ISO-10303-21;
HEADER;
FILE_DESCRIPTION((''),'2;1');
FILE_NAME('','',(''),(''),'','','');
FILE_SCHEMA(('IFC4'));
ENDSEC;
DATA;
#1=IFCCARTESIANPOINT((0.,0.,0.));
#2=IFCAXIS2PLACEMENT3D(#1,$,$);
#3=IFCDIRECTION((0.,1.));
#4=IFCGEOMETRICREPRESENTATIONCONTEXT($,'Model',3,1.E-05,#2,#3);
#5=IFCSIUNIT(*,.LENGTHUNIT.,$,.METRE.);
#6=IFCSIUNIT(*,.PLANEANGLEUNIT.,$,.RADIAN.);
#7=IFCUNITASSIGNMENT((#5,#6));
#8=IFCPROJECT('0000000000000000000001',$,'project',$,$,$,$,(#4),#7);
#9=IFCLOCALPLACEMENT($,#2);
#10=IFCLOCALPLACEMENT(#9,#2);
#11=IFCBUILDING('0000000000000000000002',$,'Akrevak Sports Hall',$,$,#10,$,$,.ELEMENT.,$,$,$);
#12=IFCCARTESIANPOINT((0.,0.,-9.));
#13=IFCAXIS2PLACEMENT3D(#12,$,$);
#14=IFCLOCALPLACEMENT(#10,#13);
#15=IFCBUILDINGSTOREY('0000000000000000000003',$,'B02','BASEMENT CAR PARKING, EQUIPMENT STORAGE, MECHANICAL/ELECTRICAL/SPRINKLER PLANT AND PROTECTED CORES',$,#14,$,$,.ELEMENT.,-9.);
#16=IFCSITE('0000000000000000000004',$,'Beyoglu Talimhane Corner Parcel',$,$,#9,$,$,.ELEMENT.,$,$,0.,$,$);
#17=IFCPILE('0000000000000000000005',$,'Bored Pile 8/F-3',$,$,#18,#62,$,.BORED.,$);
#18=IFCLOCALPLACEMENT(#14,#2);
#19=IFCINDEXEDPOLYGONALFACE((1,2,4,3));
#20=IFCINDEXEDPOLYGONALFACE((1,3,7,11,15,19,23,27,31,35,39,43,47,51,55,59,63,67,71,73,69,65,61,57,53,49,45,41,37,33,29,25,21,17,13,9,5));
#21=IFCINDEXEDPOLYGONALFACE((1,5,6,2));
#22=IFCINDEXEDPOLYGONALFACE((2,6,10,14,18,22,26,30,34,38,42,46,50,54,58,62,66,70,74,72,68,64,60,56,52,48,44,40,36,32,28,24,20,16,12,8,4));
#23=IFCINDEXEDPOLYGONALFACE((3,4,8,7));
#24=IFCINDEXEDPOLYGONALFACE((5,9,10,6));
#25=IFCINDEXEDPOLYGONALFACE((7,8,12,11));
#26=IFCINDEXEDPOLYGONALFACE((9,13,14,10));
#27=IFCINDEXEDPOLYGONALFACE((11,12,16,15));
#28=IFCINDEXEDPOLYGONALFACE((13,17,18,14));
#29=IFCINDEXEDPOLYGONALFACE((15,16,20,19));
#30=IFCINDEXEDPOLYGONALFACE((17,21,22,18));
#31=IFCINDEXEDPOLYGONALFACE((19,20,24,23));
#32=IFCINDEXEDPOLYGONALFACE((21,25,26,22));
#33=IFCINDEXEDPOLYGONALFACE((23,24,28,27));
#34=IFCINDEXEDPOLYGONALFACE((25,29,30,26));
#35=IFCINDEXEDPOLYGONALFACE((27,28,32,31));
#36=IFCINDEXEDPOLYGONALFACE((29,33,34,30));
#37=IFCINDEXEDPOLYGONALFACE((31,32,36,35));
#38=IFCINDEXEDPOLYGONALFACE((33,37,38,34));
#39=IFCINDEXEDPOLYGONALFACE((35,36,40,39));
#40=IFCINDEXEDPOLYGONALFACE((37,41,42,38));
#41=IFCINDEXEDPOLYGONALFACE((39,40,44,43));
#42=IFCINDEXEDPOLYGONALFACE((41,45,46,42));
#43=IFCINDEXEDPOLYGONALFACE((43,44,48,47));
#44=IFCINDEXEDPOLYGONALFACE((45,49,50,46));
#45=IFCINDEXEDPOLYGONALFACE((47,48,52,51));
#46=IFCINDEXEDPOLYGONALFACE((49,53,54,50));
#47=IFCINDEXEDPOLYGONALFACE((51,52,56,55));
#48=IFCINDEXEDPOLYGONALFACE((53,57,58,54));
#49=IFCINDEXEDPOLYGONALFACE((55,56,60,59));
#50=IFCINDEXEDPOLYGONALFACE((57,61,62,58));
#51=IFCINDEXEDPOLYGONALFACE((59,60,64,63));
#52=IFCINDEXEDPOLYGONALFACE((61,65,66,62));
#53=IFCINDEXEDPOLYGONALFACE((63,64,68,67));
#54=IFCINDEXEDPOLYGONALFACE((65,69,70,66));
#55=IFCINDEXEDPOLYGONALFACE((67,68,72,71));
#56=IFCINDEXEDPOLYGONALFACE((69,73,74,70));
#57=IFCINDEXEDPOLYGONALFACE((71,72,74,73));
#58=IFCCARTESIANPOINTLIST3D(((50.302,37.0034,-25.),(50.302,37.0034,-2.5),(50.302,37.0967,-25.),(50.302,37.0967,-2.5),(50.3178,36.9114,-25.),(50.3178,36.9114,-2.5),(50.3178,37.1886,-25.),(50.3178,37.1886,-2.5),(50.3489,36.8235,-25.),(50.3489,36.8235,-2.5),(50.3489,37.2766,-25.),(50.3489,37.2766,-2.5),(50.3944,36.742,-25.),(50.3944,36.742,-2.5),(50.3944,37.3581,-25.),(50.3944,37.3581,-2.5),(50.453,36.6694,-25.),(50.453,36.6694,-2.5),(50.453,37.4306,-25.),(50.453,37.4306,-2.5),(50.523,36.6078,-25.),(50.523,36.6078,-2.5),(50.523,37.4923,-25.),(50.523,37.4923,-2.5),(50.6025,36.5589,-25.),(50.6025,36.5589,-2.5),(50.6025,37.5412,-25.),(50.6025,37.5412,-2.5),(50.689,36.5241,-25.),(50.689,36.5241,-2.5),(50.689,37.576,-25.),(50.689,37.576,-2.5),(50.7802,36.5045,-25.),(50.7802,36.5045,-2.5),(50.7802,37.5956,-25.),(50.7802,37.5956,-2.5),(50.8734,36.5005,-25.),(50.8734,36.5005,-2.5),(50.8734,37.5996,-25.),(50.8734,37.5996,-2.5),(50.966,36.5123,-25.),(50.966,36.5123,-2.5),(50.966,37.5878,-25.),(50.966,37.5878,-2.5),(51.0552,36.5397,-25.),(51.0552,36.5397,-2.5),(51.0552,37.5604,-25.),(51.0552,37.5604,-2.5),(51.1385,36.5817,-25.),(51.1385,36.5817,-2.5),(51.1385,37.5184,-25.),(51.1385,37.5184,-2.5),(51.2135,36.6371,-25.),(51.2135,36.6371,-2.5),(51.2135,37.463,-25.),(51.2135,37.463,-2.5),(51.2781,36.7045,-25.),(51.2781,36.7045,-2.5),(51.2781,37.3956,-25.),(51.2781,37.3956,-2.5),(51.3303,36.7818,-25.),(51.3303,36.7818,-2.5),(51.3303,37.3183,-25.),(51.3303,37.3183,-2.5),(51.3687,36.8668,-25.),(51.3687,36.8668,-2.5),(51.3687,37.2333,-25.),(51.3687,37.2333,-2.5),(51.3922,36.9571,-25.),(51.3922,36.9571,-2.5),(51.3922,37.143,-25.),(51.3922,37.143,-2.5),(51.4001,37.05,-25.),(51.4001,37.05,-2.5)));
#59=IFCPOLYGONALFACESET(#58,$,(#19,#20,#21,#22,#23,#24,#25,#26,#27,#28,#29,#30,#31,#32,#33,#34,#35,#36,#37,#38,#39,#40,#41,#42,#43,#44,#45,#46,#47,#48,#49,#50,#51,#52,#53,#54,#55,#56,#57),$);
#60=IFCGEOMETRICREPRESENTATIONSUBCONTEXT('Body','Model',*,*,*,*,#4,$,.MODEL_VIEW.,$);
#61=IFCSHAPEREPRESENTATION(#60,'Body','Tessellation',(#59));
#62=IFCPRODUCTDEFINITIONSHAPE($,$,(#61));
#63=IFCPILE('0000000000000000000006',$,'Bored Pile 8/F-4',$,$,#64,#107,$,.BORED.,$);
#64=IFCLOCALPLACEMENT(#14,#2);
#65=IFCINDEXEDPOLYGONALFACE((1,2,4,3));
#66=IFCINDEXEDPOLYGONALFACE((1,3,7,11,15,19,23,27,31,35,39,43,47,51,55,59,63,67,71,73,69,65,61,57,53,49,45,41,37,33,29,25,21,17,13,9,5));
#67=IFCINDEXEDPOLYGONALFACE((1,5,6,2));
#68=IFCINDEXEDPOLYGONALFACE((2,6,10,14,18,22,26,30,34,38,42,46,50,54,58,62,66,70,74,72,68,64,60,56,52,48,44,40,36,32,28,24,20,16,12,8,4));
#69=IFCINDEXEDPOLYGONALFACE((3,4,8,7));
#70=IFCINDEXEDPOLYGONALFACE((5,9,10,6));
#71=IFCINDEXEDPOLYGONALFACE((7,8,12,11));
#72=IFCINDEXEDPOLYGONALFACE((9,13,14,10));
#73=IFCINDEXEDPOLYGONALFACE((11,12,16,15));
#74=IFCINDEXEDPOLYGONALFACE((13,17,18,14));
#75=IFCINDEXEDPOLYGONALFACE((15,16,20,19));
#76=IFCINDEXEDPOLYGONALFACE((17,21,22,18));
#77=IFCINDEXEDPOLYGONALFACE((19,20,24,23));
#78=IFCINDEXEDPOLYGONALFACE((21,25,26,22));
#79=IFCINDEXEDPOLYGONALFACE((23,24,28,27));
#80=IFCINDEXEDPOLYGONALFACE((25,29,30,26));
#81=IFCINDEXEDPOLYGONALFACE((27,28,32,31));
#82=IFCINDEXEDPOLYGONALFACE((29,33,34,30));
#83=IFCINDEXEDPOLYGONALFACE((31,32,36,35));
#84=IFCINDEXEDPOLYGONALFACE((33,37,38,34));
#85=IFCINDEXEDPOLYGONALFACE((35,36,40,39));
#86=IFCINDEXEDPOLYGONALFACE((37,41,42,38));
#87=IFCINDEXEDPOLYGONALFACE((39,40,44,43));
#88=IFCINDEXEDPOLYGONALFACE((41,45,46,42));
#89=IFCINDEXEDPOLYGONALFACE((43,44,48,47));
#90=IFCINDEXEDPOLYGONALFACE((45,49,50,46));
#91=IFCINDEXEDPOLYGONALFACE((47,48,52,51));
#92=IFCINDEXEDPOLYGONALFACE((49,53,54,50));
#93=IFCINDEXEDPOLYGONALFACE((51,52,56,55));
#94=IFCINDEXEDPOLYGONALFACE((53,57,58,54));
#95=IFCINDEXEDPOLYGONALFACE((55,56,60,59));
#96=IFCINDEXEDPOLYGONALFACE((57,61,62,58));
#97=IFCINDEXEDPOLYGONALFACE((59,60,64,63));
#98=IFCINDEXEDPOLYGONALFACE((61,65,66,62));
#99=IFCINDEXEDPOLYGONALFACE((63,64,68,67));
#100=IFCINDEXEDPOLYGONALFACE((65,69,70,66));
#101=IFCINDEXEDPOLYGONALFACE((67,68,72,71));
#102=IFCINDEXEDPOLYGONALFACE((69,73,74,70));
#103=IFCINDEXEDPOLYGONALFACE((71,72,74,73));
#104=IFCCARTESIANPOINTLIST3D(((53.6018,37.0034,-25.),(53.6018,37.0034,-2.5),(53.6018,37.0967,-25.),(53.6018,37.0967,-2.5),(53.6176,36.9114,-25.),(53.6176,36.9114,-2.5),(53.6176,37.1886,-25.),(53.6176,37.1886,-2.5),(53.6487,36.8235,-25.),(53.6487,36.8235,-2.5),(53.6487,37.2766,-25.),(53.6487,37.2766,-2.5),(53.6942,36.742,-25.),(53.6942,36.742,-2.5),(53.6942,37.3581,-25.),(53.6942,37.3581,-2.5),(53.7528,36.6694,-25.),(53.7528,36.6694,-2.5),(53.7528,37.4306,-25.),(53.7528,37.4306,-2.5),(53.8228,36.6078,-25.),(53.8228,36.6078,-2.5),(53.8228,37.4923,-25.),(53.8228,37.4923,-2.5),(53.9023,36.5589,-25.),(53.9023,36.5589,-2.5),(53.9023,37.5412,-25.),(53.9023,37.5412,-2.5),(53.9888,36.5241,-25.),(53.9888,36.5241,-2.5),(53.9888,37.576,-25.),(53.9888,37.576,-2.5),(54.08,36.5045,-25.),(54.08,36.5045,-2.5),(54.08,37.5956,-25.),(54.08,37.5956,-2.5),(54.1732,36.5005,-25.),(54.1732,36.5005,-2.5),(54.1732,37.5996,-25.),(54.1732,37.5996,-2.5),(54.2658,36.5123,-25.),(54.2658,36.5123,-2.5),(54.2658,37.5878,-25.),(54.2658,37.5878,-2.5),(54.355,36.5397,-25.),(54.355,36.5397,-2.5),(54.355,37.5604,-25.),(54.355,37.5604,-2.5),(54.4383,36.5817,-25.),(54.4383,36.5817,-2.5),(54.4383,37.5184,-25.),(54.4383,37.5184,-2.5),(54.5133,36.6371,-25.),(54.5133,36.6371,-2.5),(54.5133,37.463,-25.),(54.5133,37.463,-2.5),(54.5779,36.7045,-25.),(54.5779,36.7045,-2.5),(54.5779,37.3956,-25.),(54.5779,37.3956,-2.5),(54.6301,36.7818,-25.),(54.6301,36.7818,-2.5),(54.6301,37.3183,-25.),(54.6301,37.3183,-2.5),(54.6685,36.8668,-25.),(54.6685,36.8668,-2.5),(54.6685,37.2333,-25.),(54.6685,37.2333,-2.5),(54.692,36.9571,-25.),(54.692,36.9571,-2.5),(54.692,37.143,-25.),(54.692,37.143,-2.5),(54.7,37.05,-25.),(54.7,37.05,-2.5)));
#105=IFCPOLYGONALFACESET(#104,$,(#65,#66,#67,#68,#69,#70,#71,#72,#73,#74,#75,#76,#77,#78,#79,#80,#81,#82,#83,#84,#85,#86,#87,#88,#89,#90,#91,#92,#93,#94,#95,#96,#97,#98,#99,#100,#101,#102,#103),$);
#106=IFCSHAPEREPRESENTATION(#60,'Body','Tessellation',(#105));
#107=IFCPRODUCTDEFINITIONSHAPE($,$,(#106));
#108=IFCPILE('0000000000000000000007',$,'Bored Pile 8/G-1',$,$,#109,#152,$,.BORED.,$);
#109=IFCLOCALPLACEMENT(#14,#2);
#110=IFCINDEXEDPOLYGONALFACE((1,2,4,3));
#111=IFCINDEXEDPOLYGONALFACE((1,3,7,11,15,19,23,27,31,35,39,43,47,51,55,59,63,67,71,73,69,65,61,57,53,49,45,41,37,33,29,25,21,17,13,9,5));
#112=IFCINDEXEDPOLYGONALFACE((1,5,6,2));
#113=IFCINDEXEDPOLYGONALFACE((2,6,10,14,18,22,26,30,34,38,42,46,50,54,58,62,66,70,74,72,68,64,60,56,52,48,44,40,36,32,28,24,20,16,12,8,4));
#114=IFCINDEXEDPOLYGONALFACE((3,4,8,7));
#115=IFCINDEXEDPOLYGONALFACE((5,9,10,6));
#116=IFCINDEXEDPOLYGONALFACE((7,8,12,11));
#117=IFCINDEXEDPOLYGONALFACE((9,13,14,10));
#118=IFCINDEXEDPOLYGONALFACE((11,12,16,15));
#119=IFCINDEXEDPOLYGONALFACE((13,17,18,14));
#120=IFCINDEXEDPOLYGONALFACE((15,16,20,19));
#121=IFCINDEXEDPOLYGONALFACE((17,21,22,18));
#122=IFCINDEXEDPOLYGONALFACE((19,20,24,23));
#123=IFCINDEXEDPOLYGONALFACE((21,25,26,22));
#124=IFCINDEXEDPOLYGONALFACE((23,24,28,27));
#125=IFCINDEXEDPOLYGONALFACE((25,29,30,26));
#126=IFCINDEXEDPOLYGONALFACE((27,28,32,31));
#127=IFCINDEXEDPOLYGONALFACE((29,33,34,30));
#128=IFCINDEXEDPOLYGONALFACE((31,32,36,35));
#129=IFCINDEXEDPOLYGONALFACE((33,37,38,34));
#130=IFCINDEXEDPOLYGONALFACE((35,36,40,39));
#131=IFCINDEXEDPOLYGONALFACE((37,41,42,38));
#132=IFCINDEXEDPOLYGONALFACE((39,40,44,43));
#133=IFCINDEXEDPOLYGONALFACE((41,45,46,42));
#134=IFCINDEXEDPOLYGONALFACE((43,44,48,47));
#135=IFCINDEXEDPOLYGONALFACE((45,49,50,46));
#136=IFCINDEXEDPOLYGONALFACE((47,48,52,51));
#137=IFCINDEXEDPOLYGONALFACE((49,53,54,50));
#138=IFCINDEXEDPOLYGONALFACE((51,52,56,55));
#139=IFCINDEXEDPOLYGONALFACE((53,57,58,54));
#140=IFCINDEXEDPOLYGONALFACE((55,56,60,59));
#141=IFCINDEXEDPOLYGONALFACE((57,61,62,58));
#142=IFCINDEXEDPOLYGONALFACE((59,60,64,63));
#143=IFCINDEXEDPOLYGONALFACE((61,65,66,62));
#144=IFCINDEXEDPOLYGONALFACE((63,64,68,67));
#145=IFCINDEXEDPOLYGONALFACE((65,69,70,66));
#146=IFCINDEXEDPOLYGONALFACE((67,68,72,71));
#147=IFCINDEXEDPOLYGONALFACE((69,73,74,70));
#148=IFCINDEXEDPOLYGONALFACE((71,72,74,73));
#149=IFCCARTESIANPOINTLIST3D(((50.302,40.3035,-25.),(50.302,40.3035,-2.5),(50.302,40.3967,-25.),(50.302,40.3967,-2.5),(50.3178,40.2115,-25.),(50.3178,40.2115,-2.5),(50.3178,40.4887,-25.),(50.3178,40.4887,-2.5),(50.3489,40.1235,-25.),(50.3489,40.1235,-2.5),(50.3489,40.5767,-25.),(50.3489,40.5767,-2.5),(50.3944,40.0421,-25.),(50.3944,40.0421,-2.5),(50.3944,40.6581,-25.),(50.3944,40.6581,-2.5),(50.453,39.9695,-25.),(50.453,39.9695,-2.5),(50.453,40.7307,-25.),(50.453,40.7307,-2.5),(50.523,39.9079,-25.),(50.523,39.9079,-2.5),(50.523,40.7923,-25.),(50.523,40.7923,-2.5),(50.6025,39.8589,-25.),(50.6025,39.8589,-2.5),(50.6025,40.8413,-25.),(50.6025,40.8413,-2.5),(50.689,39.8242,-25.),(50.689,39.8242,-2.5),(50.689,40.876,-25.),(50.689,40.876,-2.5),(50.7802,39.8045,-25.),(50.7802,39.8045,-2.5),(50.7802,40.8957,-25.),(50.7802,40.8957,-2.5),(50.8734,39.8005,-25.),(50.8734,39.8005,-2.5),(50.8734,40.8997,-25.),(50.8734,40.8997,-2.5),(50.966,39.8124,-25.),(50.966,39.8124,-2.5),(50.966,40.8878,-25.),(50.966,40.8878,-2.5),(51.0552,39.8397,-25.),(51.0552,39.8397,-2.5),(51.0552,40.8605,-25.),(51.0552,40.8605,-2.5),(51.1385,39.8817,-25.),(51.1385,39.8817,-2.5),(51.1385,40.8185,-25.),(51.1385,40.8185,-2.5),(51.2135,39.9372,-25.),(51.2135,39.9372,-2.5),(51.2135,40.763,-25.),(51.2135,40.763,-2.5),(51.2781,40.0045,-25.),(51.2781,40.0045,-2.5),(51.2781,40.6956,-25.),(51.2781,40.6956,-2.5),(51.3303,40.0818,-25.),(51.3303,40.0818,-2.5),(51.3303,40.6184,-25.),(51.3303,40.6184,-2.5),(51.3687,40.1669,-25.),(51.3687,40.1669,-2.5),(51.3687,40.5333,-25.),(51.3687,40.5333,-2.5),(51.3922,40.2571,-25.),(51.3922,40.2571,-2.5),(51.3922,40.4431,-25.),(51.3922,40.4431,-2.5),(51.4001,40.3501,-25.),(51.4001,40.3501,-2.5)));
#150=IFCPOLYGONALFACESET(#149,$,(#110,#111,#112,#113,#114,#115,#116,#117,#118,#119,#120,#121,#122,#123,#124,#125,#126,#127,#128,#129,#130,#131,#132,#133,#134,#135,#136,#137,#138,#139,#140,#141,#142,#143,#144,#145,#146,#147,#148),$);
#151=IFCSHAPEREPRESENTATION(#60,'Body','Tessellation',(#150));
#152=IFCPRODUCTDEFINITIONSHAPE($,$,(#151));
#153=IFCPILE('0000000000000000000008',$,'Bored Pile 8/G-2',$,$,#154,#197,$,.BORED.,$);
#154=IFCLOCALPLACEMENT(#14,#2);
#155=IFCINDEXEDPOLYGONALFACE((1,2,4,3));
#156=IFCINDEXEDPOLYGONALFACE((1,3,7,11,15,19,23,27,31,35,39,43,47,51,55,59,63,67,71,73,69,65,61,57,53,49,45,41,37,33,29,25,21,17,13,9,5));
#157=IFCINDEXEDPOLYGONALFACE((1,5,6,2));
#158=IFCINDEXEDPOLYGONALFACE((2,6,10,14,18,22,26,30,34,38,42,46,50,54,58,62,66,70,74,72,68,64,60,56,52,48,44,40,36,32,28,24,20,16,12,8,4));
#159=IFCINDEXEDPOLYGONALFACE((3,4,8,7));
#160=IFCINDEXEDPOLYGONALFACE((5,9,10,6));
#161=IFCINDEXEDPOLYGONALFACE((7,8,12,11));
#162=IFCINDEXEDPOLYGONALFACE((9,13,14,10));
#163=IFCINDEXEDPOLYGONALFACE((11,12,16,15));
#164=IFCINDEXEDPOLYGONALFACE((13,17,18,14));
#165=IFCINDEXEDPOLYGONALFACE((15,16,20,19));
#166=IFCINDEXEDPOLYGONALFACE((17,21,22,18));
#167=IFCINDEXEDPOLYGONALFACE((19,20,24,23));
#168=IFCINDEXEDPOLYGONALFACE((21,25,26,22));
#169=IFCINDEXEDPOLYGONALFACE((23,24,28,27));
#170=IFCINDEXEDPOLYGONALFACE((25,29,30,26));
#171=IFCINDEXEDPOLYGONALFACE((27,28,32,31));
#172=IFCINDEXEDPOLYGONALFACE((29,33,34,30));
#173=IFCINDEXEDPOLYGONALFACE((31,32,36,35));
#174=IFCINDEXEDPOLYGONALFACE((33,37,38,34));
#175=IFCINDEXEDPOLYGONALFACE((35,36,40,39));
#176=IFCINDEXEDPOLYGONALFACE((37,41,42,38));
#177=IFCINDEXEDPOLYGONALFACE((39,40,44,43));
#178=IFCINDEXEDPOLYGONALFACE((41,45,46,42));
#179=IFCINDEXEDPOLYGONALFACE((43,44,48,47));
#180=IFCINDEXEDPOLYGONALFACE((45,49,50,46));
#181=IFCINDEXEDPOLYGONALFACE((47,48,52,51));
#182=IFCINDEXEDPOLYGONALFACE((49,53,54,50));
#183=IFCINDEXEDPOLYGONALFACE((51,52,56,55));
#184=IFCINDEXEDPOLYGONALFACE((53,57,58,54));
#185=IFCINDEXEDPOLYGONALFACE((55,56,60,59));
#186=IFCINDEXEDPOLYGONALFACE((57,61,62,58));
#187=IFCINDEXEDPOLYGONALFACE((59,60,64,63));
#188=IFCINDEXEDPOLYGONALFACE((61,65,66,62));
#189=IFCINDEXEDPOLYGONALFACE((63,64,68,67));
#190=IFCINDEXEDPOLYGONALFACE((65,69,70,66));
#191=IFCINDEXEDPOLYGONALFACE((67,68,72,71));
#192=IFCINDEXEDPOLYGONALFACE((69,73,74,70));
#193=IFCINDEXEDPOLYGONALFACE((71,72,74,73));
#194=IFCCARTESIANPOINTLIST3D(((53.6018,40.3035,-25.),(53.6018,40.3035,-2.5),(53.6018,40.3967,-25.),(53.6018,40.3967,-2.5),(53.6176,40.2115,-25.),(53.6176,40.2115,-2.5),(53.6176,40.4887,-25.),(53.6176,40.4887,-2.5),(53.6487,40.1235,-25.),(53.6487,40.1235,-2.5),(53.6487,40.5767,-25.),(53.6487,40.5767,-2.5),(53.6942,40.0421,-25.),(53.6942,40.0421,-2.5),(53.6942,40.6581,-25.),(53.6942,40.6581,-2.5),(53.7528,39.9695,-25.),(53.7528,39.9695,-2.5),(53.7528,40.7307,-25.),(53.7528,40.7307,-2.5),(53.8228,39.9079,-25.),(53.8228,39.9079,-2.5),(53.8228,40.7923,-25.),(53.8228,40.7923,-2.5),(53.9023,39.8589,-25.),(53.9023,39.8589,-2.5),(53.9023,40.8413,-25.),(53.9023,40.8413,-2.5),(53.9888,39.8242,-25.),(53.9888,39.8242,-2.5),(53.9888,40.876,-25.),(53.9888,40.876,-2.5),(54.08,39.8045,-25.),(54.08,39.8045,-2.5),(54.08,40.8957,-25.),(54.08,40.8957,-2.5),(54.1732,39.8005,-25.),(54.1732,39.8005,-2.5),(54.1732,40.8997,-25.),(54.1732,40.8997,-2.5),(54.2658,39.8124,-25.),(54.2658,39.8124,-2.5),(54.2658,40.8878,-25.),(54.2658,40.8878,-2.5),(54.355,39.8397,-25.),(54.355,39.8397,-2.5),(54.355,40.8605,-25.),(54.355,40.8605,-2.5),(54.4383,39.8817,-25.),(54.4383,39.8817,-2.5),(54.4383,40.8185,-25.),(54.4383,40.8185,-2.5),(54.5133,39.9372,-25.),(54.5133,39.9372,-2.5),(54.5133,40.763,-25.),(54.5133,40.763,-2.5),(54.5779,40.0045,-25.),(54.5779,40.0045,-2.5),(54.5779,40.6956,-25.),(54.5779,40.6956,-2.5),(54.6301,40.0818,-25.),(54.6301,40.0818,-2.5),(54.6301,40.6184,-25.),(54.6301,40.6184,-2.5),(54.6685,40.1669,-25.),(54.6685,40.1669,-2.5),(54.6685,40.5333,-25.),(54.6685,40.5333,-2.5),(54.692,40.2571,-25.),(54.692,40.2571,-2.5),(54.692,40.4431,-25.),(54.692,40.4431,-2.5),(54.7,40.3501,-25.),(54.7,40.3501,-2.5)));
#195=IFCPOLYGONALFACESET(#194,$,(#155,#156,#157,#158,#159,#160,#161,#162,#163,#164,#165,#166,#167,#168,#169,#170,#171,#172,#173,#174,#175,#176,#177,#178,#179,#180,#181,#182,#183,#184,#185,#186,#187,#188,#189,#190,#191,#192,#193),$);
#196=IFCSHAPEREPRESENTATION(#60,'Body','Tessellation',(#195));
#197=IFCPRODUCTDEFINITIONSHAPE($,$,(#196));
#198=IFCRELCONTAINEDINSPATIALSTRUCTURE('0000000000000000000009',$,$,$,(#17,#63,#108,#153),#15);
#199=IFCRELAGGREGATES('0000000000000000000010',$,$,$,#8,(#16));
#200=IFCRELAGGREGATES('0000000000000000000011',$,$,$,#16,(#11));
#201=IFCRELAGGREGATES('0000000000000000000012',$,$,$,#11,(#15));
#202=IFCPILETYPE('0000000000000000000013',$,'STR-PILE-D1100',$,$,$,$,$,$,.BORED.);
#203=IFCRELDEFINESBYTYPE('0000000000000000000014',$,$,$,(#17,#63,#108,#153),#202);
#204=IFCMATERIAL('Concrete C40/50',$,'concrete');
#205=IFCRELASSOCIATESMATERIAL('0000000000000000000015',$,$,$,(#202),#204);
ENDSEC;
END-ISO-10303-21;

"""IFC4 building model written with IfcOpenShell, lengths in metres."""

from ifc_helpers import new_model, si_unit, direction, frame, origin, origin_2d, place, context, subcontext, project, spatial, circle, extrude, material, material_profile, profile_set, type_object, element, save


model = new_model("IFC4")

# Units and contexts
model_context = context("Model", 3, precision=1e-05, world=origin(), true_north=direction((0.0, 1.0)))
body_context = subcontext(model_context, "Body", "Model", "MODEL_VIEW")
ifc_project = project(units=[si_unit("LENGTHUNIT", "METRE"), si_unit("PLANEANGLEUNIT", "RADIAN")], contexts=[model_context])

# Site, building, storey
site_placement = place(None, origin())
site = spatial("IfcSite", under=ifc_project, at=site_placement, Name="Beyoglu Talimhane Corner Parcel", CompositionType="ELEMENT", RefElevation=0.0)
building_placement = place(site_placement, origin())
building = spatial("IfcBuilding", under=site, at=building_placement, Name="Akrevak Sports Hall", CompositionType="ELEMENT")
storey_placement = place(building_placement, frame((0.0, 0.0, -9.0)))
storey = spatial("IfcBuildingStorey", under=building, at=storey_placement, Name="B02", Description="BASEMENT CAR PARKING, EQUIPMENT STORAGE, MECHANICAL/ELECTRICAL/SPRINKLER PLANT AND PROTECTED CORES", CompositionType="ELEMENT", Elevation=-9.0)

# Shared definitions
ifc_material_1 = material(Name="Concrete C40/50", Category="concrete")

# Piles
ifc_material_profile_1 = material_profile(ifc_material_1, circle(Radius=0.55, at=origin_2d()), Name="BORED PILE D1100", Category="concrete")
ifc_profile_set_1 = profile_set([ifc_material_profile_1], Name="Concrete C40/50")
pile_type = type_object("IfcPileType", Name="STR-PILE-D1100", PredefinedType="BORED", material=ifc_profile_set_1)
for number, where, z_axis, x_axis, name in (
    (1, (50.8501, 37.05, -2.5), (0.0, 0.0, -1.0), (1.0, 0.0, 0.0), "Bored Pile 8/F-3"),
    (2, (54.1499, 37.05, -2.5), (0.0, 0.0, -1.0), (1.0, 0.0, 0.0), "Bored Pile 8/F-4"),
    (3, (50.8501, 40.3501, -2.5), (0.0, 0.0, -1.0), (1.0, 0.0, 0.0), "Bored Pile 8/G-1"),
    (4, (54.1499, 40.3501, -2.5), (0.0, 0.0, -1.0), (1.0, 0.0, 0.0), "Bored Pile 8/G-2"),
):
    element("IfcPile", number, at=place(storey_placement, frame(where, z_axis=z_axis, x_axis=x_axis)), inside=storey, type_object=pile_type, Name=name, PredefinedType="BORED", context=body_context, shape_type="SweptSolid", body=[
        extrude(circle(Radius=0.55, at=origin_2d()), origin(), (0.0, 0.0, 1.0), 22.5),
    ])

save(model, "model.ifc")
